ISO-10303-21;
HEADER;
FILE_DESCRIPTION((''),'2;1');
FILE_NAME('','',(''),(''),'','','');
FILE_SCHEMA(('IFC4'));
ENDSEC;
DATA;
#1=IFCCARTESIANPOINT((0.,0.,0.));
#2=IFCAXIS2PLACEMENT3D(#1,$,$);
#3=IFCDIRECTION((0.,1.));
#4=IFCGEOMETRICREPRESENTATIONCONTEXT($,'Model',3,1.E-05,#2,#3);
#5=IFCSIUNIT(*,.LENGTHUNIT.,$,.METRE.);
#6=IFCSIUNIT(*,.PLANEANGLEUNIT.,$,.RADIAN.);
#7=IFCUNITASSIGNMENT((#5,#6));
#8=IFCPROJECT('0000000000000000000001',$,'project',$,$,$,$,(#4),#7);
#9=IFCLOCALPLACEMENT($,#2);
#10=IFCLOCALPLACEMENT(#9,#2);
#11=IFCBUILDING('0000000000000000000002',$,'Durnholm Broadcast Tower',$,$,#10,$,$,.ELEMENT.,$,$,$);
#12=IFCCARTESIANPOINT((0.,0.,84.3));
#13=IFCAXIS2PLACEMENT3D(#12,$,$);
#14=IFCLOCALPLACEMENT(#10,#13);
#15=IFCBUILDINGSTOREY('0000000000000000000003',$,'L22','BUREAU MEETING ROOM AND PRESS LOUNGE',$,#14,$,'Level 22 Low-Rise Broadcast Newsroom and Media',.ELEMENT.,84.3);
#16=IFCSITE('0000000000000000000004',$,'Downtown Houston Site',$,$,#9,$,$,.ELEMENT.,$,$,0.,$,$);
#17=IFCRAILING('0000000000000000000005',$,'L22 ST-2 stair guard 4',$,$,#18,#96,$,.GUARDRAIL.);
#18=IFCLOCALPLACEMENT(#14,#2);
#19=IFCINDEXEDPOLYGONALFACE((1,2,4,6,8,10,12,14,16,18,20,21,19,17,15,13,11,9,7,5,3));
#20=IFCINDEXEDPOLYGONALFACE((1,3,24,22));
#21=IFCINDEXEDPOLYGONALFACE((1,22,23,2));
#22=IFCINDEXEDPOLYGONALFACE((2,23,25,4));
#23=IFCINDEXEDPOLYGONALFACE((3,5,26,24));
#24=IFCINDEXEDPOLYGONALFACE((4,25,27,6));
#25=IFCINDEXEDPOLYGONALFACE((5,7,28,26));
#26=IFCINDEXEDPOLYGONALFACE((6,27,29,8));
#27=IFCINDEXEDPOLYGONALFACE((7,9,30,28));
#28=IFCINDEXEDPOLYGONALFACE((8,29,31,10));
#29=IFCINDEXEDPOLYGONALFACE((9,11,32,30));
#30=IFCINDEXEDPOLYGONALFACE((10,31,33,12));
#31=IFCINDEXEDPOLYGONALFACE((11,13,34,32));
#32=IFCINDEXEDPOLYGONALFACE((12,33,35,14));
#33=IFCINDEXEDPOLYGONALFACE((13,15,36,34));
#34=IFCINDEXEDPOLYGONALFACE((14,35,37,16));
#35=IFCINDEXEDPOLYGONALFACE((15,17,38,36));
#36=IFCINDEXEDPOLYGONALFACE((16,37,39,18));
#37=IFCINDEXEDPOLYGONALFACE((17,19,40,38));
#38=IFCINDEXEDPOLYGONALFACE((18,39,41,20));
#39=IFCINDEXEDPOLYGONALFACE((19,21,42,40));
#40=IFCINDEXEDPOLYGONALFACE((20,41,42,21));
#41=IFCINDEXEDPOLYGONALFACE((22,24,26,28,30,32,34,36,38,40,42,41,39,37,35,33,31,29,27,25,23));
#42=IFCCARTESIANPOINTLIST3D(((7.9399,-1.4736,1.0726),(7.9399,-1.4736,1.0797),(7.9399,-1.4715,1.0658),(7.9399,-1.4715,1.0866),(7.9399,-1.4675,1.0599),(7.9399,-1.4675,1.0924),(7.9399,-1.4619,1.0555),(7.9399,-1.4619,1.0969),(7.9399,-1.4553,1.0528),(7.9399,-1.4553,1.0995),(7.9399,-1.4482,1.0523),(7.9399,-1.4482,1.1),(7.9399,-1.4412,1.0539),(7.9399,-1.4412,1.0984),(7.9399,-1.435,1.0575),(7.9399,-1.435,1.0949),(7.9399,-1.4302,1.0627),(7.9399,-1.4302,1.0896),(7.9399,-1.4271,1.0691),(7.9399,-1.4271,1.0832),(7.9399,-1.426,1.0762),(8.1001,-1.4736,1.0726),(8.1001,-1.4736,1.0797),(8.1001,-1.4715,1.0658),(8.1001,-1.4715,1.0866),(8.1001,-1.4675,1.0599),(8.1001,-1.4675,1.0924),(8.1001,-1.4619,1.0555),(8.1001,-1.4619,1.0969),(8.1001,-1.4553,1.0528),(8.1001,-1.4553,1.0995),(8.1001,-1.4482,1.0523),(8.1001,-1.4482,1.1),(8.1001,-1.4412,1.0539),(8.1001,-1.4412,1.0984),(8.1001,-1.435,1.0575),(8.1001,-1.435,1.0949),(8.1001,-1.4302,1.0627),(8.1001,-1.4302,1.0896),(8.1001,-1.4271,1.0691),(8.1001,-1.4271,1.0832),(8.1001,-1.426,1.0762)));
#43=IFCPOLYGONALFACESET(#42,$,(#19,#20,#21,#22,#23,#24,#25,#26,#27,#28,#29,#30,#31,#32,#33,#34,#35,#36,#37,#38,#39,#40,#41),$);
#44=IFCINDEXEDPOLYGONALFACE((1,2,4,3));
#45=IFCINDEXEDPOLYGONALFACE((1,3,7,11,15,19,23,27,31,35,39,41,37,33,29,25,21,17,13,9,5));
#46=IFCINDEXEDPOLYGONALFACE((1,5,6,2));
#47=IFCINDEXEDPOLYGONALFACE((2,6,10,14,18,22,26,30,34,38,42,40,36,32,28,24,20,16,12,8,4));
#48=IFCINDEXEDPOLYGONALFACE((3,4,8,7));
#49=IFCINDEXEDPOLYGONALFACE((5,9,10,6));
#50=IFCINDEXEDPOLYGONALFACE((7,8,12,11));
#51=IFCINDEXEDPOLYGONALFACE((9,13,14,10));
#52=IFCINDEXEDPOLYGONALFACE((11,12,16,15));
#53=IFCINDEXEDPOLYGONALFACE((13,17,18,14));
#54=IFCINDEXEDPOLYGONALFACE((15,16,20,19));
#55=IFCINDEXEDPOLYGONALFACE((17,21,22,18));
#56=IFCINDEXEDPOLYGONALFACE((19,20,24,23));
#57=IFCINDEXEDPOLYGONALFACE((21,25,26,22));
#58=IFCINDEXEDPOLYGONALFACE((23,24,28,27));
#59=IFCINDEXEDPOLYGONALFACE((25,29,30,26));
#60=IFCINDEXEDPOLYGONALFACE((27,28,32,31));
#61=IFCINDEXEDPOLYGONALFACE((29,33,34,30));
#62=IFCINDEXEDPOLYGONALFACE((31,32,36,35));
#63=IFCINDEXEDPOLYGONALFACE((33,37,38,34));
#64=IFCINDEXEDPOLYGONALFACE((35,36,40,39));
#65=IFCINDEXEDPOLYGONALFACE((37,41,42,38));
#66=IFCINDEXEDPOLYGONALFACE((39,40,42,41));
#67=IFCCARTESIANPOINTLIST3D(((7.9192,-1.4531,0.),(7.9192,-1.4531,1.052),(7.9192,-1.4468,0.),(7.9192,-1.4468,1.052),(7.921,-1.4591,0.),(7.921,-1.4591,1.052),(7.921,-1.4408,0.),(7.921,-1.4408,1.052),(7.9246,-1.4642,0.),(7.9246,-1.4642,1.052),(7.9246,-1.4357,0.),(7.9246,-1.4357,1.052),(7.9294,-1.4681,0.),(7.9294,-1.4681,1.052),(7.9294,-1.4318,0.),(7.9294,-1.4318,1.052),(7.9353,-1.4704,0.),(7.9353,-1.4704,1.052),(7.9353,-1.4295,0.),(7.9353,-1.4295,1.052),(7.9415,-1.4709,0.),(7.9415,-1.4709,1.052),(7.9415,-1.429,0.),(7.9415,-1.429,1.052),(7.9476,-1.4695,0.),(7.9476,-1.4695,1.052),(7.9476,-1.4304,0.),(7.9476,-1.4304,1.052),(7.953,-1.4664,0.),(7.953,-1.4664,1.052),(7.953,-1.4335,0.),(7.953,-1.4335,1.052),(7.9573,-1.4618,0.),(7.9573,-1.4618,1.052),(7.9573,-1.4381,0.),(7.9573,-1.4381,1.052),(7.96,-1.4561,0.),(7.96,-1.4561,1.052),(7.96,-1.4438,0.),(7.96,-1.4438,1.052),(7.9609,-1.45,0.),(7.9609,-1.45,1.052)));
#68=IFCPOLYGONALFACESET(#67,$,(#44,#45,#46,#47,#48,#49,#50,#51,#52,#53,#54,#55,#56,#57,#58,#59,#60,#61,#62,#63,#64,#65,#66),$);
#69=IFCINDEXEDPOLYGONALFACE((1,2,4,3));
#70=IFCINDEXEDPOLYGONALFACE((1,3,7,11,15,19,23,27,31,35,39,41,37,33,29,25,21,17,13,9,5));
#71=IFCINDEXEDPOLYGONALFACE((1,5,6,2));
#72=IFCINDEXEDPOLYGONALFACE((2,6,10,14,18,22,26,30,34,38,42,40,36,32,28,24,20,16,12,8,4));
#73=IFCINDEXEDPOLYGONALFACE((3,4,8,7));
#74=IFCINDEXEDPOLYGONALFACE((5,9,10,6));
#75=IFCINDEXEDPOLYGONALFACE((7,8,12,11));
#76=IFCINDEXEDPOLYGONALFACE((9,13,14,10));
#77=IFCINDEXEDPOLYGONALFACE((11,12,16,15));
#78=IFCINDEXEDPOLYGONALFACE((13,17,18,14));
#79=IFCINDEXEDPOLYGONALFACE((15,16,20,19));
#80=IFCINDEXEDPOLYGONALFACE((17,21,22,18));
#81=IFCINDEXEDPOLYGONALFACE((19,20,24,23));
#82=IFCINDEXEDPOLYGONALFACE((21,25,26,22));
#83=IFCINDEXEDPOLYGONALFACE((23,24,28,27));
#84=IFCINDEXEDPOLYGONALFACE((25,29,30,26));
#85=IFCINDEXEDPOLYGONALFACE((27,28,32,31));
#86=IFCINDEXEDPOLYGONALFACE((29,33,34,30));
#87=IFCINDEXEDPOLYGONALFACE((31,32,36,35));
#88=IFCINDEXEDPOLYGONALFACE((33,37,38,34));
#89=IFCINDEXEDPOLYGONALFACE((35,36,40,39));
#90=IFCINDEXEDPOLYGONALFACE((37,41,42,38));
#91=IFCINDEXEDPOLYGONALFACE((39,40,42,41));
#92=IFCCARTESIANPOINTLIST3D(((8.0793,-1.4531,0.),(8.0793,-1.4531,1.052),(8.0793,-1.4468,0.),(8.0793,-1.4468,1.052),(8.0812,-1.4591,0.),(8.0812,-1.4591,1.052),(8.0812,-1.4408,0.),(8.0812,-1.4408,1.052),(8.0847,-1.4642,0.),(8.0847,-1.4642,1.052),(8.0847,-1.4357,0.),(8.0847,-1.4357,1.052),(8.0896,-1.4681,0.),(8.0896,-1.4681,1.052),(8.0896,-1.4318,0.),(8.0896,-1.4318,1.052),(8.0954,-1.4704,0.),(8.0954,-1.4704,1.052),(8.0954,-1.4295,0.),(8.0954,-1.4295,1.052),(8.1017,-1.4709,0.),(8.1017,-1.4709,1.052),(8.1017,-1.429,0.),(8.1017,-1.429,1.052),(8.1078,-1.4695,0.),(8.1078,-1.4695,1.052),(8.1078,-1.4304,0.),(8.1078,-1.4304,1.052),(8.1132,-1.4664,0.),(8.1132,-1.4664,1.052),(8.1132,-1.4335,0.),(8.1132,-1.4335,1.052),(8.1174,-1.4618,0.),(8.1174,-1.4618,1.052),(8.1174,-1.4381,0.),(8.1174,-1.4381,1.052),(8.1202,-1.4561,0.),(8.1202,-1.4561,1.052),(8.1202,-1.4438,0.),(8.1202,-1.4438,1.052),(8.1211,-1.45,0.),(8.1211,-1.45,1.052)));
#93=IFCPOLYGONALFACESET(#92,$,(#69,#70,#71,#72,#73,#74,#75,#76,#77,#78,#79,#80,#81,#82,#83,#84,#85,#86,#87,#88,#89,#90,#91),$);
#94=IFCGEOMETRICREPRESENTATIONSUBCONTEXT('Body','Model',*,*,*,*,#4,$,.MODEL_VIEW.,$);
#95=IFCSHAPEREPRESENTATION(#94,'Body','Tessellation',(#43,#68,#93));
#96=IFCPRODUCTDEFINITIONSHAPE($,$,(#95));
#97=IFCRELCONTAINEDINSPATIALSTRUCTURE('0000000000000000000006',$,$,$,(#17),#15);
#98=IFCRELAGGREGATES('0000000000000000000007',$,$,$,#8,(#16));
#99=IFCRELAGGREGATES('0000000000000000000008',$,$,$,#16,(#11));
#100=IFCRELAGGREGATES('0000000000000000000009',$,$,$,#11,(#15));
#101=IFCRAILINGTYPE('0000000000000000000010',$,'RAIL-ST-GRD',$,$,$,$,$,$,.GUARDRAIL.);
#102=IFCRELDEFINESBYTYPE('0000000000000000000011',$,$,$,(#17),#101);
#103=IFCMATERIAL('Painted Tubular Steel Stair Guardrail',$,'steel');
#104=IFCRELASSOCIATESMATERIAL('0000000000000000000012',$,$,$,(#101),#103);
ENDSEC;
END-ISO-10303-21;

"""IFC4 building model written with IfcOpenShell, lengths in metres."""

from ifc_helpers import new_model, si_unit, direction, frame, origin, origin_2d, place, context, subcontext, project, spatial, circle, extrude, material, type_object, element, save


model = new_model("IFC4")

# Units and contexts
model_context = context("Model", 3, precision=1e-05, world=origin(), true_north=direction((0.0, 1.0)))
body_context = subcontext(model_context, "Body", "Model", "MODEL_VIEW")
ifc_project = project(units=[si_unit("LENGTHUNIT", "METRE"), si_unit("PLANEANGLEUNIT", "RADIAN")], contexts=[model_context])

# Site, building, storey
site_placement = place(None, origin())
site = spatial("IfcSite", under=ifc_project, at=site_placement, Name="Downtown Houston Site", CompositionType="ELEMENT", RefElevation=0.0)
building_placement = place(site_placement, origin())
building = spatial("IfcBuilding", under=site, at=building_placement, Name="Durnholm Broadcast Tower", CompositionType="ELEMENT")
storey_placement = place(building_placement, frame((0.0, 0.0, 84.3)))
storey = spatial("IfcBuildingStorey", under=building, at=storey_placement, Name="L22", Description="BUREAU MEETING ROOM AND PRESS LOUNGE", LongName="Level 22 Low-Rise Broadcast Newsroom and Media", CompositionType="ELEMENT", Elevation=84.3)

# Railing
ifc_material_1 = material(Name="Painted Tubular Steel Stair Guardrail", Category="steel")
railing_type_1 = type_object("IfcRailingType", Name="RAIL-ST-GRD", PredefinedType="GUARDRAIL", material=ifc_material_1)
railing_1_placement = place(storey_placement, frame((7.9399, -1.45, 0.0)))
element("IfcRailing", 1, at=railing_1_placement, inside=storey, type_object=railing_type_1, Name="L22 ST-2 stair guard 4", PredefinedType="GUARDRAIL", context=body_context, shape_type="SweptSolid", body=[
    extrude(circle(Radius=0.0239, at=origin_2d()), frame((0.0, 0.0, 1.0762), z_axis=(1.0, 0.0, 0.0), x_axis=(0.0, 1.0, 0.0)), (0.0, 0.0, 1.0), 0.1602),
    extrude(circle(Radius=0.021, at=origin_2d()), origin(), (0.0, 0.0, 1.0), 1.052),
    extrude(circle(Radius=0.021, at=origin_2d()), frame((0.1602, 0.0, 0.0)), (0.0, 0.0, 1.0), 1.052),
])

save(model, "model.ifc")
